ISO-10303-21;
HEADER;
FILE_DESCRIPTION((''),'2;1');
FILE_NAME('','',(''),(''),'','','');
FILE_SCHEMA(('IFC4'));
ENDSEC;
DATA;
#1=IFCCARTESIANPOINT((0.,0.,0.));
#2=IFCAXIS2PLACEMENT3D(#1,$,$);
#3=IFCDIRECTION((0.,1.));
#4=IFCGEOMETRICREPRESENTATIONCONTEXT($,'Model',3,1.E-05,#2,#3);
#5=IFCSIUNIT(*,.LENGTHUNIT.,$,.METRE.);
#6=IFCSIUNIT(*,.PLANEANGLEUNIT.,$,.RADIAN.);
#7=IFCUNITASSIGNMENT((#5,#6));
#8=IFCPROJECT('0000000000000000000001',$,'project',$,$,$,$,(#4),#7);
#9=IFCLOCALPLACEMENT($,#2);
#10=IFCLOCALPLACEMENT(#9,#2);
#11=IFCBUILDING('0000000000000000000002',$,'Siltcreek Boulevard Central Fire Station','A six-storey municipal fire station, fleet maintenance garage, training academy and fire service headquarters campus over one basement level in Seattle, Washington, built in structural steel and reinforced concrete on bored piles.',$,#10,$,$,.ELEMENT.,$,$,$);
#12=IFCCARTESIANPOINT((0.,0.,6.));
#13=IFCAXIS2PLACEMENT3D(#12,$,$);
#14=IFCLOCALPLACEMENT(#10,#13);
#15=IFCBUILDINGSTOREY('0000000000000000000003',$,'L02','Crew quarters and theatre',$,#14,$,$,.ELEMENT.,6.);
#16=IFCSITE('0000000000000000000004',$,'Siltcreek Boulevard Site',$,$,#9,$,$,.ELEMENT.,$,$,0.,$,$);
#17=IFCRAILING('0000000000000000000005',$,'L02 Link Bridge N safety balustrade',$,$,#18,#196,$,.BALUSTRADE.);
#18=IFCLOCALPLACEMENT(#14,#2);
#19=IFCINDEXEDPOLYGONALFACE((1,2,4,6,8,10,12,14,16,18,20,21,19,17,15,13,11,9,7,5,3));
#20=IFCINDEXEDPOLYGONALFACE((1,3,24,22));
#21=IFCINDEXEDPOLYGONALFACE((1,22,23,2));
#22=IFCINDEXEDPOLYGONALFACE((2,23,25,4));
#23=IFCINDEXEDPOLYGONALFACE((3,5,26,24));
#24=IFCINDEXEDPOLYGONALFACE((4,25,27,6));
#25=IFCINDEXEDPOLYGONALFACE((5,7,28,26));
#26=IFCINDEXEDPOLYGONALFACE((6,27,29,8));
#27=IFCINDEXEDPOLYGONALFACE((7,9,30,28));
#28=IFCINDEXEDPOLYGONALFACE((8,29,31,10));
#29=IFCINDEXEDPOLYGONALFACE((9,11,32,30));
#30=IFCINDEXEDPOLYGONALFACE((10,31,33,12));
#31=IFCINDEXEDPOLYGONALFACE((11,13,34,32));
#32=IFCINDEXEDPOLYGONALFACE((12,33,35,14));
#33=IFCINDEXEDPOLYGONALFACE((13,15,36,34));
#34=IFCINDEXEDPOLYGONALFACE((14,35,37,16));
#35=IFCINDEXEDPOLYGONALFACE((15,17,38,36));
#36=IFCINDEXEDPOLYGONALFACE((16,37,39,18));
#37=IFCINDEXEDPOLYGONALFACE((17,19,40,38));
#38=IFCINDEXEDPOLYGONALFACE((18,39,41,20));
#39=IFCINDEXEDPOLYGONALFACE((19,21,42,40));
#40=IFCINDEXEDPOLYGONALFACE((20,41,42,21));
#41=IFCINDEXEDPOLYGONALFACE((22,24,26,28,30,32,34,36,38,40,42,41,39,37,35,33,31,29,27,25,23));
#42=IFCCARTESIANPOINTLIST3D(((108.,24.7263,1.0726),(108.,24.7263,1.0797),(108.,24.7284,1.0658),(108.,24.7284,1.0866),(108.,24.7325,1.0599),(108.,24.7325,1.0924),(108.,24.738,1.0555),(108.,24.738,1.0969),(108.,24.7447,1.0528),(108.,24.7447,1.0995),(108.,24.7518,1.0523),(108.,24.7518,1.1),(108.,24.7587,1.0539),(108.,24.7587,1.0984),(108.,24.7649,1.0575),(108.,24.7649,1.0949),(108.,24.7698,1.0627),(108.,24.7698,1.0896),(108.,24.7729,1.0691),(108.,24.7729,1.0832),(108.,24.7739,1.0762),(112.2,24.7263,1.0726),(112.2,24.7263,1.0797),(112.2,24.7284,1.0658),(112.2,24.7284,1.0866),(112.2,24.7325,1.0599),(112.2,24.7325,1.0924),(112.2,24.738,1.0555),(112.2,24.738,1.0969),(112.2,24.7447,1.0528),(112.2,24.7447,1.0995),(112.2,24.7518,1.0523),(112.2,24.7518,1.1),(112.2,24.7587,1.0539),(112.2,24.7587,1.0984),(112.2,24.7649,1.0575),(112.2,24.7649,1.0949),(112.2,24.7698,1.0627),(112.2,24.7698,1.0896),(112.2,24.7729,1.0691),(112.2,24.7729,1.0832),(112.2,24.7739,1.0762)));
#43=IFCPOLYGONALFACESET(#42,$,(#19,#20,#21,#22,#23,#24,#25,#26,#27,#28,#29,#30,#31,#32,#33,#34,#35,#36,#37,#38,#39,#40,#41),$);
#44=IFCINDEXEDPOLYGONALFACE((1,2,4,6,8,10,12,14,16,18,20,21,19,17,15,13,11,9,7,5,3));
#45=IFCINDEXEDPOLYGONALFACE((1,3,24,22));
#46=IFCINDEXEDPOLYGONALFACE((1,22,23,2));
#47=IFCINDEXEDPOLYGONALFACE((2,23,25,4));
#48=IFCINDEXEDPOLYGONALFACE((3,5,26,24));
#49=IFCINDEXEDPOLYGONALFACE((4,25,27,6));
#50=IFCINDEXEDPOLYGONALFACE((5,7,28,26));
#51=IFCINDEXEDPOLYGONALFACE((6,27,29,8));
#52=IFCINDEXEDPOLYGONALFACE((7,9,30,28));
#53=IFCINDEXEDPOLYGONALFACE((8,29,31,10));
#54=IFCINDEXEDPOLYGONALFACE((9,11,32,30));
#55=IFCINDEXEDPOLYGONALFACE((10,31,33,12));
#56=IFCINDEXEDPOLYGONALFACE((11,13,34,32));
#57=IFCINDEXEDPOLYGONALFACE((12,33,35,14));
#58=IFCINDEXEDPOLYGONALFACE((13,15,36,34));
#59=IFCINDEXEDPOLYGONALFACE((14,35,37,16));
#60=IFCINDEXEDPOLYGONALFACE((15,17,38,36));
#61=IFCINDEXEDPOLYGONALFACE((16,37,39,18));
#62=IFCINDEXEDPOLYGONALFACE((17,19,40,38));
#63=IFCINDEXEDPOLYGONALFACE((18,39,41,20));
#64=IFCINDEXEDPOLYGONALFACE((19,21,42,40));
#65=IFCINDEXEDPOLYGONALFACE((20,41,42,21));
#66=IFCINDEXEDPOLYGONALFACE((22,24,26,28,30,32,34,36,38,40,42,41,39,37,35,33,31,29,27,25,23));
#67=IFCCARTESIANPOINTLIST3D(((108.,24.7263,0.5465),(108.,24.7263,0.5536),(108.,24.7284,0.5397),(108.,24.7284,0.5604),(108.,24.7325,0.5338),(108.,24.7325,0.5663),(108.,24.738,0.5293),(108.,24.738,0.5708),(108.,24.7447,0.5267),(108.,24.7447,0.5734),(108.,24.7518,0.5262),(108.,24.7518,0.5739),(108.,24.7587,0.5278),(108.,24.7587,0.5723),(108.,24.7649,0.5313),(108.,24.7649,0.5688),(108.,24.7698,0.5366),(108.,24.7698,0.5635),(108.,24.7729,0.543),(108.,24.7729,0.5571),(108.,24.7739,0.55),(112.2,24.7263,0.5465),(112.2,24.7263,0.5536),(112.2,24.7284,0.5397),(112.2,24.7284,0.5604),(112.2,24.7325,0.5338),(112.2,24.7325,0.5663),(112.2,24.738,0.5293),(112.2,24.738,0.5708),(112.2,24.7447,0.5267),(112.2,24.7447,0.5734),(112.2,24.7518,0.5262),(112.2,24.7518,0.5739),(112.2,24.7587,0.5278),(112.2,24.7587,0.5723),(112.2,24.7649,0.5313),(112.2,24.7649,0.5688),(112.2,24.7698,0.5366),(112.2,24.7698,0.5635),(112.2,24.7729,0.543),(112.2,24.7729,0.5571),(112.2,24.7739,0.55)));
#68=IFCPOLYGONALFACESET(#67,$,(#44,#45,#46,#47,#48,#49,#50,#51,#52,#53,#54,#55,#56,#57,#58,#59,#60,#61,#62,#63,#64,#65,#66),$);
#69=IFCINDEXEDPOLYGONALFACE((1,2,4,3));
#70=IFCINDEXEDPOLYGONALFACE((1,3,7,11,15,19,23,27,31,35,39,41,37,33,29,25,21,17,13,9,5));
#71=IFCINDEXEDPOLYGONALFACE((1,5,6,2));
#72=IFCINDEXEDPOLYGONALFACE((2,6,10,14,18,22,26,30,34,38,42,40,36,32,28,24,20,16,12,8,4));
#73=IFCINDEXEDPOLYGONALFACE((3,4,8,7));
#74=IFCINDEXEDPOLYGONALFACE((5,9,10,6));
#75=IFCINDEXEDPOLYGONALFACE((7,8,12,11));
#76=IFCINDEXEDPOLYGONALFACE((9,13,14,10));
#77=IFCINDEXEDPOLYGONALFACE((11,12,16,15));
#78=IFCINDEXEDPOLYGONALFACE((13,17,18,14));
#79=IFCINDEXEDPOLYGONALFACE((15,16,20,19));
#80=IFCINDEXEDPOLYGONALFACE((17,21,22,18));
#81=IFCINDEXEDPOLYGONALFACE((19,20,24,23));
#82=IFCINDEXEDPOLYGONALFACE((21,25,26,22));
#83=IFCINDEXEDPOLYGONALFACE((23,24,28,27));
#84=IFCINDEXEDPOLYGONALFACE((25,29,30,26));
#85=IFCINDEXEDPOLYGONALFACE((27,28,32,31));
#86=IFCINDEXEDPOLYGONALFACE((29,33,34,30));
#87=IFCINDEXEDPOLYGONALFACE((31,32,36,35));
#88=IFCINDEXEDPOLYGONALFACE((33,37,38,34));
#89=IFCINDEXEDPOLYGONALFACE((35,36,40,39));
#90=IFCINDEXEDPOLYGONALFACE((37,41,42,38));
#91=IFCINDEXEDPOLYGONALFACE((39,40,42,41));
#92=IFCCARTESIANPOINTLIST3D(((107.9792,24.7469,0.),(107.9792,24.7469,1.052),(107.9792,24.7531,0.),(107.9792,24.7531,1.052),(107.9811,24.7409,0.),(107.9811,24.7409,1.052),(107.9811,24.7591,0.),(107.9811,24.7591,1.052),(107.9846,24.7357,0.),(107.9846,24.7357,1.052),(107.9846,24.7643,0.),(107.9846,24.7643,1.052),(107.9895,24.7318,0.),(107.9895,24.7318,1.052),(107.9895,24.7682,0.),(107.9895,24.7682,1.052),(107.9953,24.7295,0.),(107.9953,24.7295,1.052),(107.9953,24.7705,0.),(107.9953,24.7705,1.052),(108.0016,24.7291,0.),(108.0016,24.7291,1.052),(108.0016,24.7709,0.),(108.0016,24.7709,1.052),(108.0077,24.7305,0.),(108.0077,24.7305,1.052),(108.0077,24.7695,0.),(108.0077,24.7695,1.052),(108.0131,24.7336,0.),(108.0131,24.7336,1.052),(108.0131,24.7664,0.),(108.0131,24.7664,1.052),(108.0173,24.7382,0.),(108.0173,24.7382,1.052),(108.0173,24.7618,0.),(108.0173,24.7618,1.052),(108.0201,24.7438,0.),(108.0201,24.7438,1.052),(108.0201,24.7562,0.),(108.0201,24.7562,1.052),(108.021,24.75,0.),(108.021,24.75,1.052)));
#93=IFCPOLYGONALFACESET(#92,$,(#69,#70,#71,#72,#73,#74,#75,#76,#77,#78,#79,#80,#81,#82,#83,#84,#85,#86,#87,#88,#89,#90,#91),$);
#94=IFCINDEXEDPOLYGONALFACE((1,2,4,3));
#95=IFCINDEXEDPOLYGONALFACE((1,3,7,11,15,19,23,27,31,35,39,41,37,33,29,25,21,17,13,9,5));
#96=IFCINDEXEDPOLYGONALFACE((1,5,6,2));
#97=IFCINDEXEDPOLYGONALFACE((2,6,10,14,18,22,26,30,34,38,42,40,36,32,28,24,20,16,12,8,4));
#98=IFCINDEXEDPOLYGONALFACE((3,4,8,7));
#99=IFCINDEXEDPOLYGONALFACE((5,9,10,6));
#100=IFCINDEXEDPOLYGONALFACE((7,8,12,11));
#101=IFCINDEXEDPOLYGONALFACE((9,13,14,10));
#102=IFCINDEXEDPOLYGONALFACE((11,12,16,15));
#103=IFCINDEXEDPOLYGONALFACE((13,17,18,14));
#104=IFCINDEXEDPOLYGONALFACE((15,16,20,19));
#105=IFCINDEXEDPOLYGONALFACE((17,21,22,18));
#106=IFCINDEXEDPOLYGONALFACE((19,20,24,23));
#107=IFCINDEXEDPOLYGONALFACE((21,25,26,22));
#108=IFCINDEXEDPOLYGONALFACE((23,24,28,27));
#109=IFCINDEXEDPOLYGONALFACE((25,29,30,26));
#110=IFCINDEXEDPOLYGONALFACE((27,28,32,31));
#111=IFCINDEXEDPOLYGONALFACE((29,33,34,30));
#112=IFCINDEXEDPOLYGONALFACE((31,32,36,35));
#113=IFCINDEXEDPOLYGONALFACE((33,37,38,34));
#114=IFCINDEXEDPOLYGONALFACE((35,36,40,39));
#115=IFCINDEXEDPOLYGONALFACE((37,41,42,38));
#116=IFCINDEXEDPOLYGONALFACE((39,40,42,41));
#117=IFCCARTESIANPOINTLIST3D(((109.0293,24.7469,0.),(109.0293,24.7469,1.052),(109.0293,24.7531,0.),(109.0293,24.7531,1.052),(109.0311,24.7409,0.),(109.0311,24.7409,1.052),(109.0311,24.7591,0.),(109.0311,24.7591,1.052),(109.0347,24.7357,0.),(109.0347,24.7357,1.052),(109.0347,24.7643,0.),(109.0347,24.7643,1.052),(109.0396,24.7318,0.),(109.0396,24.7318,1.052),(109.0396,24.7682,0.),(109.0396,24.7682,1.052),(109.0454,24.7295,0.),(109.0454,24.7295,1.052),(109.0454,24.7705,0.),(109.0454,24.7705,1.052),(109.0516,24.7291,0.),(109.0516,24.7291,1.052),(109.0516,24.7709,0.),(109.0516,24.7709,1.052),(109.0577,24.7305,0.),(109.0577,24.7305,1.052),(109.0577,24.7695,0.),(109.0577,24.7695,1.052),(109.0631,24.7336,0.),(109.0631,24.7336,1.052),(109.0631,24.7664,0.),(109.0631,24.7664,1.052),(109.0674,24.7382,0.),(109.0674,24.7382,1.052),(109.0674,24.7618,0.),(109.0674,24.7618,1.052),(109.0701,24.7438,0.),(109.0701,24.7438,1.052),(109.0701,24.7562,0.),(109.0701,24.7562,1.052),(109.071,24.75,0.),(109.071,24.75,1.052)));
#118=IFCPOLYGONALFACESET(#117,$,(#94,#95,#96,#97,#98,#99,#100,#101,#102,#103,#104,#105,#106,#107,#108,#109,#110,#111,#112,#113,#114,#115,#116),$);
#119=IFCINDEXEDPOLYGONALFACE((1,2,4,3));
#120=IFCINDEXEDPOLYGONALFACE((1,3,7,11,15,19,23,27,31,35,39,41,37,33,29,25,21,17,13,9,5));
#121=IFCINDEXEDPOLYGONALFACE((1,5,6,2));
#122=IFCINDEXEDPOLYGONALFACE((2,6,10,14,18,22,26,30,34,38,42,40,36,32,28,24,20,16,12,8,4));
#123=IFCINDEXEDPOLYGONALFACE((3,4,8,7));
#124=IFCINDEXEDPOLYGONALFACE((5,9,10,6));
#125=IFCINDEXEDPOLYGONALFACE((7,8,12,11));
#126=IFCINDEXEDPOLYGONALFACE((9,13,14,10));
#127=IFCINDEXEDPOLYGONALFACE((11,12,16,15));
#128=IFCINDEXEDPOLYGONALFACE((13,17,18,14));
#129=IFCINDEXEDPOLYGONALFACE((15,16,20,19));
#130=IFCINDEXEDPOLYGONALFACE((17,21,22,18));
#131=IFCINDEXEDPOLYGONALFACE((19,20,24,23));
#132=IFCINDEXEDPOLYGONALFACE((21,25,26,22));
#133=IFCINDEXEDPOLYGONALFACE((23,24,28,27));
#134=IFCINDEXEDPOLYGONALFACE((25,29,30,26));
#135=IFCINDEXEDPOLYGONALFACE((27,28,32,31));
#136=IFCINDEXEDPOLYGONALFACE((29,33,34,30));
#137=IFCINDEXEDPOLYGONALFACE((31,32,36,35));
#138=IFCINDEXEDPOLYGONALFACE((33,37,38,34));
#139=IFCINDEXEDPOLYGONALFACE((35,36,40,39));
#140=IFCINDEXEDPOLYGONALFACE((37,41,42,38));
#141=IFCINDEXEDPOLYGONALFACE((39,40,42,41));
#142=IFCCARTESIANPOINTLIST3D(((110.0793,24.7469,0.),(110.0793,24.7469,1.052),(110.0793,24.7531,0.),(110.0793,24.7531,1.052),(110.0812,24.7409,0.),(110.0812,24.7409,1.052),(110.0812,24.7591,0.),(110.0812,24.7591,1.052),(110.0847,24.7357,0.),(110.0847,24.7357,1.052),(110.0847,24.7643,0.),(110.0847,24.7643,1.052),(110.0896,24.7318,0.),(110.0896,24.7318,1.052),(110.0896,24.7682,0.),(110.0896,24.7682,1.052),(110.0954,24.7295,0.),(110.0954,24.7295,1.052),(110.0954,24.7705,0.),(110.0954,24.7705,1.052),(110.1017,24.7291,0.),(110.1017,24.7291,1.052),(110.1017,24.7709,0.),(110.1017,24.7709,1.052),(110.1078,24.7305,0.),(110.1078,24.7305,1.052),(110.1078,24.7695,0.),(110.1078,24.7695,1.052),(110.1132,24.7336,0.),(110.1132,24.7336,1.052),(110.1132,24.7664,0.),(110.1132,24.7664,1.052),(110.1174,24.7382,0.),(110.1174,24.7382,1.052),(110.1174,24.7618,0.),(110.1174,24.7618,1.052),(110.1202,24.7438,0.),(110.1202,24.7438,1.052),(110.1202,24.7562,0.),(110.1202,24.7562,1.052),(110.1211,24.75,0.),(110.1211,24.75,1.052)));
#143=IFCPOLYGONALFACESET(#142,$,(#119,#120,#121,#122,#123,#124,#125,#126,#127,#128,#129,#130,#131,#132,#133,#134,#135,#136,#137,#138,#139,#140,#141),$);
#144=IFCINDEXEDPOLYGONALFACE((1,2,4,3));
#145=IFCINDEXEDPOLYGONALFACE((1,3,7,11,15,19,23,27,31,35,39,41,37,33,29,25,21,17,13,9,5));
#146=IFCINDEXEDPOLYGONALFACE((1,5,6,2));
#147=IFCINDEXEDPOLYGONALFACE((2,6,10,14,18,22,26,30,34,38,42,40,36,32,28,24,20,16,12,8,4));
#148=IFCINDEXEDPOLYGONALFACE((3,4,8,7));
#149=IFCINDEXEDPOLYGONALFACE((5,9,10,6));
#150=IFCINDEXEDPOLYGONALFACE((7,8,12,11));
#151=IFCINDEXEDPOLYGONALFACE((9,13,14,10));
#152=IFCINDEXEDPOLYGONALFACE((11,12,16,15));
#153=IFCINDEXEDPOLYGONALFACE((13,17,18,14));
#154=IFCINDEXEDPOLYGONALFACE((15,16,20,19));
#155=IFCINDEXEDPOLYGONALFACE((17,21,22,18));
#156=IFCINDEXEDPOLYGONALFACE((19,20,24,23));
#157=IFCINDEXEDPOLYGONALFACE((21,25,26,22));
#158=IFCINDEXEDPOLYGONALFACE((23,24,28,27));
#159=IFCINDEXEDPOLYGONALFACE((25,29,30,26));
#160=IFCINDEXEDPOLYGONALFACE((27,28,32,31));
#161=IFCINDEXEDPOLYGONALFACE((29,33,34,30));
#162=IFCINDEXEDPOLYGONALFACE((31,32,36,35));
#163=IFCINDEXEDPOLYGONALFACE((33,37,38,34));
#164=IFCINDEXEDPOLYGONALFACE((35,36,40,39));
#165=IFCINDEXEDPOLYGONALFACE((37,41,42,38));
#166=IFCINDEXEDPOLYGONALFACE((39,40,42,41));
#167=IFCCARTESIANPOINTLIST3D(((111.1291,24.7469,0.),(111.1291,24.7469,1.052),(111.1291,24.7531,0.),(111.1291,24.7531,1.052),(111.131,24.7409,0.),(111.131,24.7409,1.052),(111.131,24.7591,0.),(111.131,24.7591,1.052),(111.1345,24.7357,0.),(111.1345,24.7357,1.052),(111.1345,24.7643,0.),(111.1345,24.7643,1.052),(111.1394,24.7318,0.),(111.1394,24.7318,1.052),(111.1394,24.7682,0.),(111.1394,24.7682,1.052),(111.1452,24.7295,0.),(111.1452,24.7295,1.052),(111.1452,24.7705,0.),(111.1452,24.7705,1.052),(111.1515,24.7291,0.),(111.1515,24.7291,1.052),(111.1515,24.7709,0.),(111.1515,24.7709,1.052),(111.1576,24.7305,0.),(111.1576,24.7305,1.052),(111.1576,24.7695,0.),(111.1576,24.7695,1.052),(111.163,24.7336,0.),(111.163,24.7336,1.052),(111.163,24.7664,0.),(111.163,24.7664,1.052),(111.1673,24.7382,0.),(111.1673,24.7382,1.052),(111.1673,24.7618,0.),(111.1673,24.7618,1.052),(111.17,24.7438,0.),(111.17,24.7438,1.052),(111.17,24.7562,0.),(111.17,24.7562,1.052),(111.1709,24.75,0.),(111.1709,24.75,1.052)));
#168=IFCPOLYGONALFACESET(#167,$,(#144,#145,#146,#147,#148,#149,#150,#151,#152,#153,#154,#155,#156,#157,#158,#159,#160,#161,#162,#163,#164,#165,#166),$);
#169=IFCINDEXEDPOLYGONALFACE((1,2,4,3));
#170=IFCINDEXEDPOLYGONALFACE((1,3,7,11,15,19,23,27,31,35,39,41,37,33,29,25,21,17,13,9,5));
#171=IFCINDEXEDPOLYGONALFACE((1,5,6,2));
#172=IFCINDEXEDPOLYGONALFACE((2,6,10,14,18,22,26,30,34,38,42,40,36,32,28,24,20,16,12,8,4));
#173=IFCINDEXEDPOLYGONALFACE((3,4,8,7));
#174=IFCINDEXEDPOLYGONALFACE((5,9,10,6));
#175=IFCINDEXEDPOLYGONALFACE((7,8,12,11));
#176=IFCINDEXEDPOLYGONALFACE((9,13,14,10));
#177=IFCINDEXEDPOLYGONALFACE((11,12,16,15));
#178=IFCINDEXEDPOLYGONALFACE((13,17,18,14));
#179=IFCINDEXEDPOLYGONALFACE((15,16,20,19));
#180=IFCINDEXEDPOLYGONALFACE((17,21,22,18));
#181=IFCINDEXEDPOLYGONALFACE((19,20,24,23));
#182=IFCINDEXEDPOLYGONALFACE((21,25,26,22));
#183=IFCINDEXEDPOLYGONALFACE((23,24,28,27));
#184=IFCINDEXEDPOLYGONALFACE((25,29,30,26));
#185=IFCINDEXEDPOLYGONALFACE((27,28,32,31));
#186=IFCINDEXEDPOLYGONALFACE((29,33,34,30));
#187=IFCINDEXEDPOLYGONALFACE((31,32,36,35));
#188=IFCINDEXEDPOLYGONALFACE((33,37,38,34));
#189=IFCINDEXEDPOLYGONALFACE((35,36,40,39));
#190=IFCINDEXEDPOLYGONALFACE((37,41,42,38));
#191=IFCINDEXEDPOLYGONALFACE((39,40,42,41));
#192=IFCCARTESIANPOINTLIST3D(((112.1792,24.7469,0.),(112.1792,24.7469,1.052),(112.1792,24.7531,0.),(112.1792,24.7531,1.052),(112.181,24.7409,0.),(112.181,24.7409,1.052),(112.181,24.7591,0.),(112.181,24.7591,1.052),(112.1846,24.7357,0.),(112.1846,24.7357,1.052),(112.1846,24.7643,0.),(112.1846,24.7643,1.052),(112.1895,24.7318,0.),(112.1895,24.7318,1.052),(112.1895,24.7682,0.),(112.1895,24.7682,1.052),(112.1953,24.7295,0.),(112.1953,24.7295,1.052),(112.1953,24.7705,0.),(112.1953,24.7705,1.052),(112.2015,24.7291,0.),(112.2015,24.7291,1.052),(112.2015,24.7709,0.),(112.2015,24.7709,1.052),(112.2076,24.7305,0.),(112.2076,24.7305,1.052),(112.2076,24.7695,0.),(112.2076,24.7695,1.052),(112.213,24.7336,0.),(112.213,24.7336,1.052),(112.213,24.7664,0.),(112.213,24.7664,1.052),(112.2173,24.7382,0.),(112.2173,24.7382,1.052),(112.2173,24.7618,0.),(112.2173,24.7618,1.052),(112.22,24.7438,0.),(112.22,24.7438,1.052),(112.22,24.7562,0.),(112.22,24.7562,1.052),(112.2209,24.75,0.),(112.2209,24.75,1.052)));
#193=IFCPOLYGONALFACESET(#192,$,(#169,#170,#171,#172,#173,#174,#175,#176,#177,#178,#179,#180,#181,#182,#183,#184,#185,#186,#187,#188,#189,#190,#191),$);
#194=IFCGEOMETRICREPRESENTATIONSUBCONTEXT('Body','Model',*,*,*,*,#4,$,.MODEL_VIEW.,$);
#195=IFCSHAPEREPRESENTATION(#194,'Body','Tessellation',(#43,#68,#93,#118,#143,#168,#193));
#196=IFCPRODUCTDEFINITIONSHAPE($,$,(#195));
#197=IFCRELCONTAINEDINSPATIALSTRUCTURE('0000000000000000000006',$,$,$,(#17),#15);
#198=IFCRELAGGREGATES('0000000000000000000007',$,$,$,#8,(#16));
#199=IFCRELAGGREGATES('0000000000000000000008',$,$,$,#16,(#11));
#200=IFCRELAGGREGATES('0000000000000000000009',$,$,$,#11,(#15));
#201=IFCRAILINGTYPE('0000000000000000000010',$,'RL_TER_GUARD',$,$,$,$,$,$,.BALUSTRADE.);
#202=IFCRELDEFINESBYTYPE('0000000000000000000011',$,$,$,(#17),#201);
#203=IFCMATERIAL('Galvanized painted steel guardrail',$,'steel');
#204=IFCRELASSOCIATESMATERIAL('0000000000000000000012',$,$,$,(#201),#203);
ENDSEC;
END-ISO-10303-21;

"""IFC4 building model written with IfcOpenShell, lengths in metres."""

from ifc_helpers import new_model, si_unit, direction, frame, origin, origin_2d, place, context, subcontext, project, spatial, circle, extrude, material, type_object, element, save


model = new_model("IFC4")

# Units and contexts
model_context = context("Model", 3, precision=1e-05, world=origin(), true_north=direction((0.0, 1.0)))
body_context = subcontext(model_context, "Body", "Model", "MODEL_VIEW")
ifc_project = project(units=[si_unit("LENGTHUNIT", "METRE"), si_unit("PLANEANGLEUNIT", "RADIAN")], contexts=[model_context])

# Site, building, storey
site_placement = place(None, origin())
site = spatial("IfcSite", under=ifc_project, at=site_placement, Name="Siltcreek Boulevard Site", CompositionType="ELEMENT", RefElevation=0.0)
building_placement = place(site_placement, origin())
building = spatial("IfcBuilding", under=site, at=building_placement, Name="Siltcreek Boulevard Central Fire Station", Description="A six-storey municipal fire station, fleet maintenance garage, training academy and fire service headquarters campus over one basement level in Seattle, Washington, built in structural steel and reinforced concrete on bored piles.", CompositionType="ELEMENT")
storey_placement = place(building_placement, frame((0.0, 0.0, 6.0)))
storey = spatial("IfcBuildingStorey", under=building, at=storey_placement, Name="L02", Description="Crew quarters and theatre", CompositionType="ELEMENT", Elevation=6.0)

# Railing
ifc_material_1 = material(Name="Galvanized painted steel guardrail", Category="steel")
railing_type_1 = type_object("IfcRailingType", Name="RL_TER_GUARD", PredefinedType="BALUSTRADE", material=ifc_material_1)
railing_1_placement = place(storey_placement, frame((108.0, 24.75, 0.0)))
element("IfcRailing", 1, at=railing_1_placement, inside=storey, type_object=railing_type_1, Name="L02 Link Bridge N safety balustrade", PredefinedType="BALUSTRADE", context=body_context, shape_type="SweptSolid", body=[
    extrude(circle(Radius=0.0239, at=origin_2d()), frame((0.0, 0.0, 1.0762), z_axis=(1.0, 0.0, 0.0), x_axis=(0.0, 1.0, 0.0)), (0.0, 0.0, 1.0), 4.2),
    extrude(circle(Radius=0.0239, at=origin_2d()), frame((0.0, 0.0, 0.55), z_axis=(1.0, 0.0, 0.0), x_axis=(0.0, 1.0, 0.0)), (0.0, 0.0, 1.0), 4.2),
    extrude(circle(Radius=0.021, at=origin_2d()), origin(), (0.0, 0.0, 1.0), 1.052),
    extrude(circle(Radius=0.021, at=origin_2d()), frame((1.05, 0.0, 0.0)), (0.0, 0.0, 1.0), 1.052),
    extrude(circle(Radius=0.021, at=origin_2d()), frame((2.1001, 0.0, 0.0)), (0.0, 0.0, 1.0), 1.052),
    extrude(circle(Radius=0.021, at=origin_2d()), frame((3.1499, 0.0, 0.0)), (0.0, 0.0, 1.0), 1.052),
    extrude(circle(Radius=0.021, at=origin_2d()), frame((4.2, 0.0, 0.0)), (0.0, 0.0, 1.0), 1.052),
])

save(model, "model.ifc")
